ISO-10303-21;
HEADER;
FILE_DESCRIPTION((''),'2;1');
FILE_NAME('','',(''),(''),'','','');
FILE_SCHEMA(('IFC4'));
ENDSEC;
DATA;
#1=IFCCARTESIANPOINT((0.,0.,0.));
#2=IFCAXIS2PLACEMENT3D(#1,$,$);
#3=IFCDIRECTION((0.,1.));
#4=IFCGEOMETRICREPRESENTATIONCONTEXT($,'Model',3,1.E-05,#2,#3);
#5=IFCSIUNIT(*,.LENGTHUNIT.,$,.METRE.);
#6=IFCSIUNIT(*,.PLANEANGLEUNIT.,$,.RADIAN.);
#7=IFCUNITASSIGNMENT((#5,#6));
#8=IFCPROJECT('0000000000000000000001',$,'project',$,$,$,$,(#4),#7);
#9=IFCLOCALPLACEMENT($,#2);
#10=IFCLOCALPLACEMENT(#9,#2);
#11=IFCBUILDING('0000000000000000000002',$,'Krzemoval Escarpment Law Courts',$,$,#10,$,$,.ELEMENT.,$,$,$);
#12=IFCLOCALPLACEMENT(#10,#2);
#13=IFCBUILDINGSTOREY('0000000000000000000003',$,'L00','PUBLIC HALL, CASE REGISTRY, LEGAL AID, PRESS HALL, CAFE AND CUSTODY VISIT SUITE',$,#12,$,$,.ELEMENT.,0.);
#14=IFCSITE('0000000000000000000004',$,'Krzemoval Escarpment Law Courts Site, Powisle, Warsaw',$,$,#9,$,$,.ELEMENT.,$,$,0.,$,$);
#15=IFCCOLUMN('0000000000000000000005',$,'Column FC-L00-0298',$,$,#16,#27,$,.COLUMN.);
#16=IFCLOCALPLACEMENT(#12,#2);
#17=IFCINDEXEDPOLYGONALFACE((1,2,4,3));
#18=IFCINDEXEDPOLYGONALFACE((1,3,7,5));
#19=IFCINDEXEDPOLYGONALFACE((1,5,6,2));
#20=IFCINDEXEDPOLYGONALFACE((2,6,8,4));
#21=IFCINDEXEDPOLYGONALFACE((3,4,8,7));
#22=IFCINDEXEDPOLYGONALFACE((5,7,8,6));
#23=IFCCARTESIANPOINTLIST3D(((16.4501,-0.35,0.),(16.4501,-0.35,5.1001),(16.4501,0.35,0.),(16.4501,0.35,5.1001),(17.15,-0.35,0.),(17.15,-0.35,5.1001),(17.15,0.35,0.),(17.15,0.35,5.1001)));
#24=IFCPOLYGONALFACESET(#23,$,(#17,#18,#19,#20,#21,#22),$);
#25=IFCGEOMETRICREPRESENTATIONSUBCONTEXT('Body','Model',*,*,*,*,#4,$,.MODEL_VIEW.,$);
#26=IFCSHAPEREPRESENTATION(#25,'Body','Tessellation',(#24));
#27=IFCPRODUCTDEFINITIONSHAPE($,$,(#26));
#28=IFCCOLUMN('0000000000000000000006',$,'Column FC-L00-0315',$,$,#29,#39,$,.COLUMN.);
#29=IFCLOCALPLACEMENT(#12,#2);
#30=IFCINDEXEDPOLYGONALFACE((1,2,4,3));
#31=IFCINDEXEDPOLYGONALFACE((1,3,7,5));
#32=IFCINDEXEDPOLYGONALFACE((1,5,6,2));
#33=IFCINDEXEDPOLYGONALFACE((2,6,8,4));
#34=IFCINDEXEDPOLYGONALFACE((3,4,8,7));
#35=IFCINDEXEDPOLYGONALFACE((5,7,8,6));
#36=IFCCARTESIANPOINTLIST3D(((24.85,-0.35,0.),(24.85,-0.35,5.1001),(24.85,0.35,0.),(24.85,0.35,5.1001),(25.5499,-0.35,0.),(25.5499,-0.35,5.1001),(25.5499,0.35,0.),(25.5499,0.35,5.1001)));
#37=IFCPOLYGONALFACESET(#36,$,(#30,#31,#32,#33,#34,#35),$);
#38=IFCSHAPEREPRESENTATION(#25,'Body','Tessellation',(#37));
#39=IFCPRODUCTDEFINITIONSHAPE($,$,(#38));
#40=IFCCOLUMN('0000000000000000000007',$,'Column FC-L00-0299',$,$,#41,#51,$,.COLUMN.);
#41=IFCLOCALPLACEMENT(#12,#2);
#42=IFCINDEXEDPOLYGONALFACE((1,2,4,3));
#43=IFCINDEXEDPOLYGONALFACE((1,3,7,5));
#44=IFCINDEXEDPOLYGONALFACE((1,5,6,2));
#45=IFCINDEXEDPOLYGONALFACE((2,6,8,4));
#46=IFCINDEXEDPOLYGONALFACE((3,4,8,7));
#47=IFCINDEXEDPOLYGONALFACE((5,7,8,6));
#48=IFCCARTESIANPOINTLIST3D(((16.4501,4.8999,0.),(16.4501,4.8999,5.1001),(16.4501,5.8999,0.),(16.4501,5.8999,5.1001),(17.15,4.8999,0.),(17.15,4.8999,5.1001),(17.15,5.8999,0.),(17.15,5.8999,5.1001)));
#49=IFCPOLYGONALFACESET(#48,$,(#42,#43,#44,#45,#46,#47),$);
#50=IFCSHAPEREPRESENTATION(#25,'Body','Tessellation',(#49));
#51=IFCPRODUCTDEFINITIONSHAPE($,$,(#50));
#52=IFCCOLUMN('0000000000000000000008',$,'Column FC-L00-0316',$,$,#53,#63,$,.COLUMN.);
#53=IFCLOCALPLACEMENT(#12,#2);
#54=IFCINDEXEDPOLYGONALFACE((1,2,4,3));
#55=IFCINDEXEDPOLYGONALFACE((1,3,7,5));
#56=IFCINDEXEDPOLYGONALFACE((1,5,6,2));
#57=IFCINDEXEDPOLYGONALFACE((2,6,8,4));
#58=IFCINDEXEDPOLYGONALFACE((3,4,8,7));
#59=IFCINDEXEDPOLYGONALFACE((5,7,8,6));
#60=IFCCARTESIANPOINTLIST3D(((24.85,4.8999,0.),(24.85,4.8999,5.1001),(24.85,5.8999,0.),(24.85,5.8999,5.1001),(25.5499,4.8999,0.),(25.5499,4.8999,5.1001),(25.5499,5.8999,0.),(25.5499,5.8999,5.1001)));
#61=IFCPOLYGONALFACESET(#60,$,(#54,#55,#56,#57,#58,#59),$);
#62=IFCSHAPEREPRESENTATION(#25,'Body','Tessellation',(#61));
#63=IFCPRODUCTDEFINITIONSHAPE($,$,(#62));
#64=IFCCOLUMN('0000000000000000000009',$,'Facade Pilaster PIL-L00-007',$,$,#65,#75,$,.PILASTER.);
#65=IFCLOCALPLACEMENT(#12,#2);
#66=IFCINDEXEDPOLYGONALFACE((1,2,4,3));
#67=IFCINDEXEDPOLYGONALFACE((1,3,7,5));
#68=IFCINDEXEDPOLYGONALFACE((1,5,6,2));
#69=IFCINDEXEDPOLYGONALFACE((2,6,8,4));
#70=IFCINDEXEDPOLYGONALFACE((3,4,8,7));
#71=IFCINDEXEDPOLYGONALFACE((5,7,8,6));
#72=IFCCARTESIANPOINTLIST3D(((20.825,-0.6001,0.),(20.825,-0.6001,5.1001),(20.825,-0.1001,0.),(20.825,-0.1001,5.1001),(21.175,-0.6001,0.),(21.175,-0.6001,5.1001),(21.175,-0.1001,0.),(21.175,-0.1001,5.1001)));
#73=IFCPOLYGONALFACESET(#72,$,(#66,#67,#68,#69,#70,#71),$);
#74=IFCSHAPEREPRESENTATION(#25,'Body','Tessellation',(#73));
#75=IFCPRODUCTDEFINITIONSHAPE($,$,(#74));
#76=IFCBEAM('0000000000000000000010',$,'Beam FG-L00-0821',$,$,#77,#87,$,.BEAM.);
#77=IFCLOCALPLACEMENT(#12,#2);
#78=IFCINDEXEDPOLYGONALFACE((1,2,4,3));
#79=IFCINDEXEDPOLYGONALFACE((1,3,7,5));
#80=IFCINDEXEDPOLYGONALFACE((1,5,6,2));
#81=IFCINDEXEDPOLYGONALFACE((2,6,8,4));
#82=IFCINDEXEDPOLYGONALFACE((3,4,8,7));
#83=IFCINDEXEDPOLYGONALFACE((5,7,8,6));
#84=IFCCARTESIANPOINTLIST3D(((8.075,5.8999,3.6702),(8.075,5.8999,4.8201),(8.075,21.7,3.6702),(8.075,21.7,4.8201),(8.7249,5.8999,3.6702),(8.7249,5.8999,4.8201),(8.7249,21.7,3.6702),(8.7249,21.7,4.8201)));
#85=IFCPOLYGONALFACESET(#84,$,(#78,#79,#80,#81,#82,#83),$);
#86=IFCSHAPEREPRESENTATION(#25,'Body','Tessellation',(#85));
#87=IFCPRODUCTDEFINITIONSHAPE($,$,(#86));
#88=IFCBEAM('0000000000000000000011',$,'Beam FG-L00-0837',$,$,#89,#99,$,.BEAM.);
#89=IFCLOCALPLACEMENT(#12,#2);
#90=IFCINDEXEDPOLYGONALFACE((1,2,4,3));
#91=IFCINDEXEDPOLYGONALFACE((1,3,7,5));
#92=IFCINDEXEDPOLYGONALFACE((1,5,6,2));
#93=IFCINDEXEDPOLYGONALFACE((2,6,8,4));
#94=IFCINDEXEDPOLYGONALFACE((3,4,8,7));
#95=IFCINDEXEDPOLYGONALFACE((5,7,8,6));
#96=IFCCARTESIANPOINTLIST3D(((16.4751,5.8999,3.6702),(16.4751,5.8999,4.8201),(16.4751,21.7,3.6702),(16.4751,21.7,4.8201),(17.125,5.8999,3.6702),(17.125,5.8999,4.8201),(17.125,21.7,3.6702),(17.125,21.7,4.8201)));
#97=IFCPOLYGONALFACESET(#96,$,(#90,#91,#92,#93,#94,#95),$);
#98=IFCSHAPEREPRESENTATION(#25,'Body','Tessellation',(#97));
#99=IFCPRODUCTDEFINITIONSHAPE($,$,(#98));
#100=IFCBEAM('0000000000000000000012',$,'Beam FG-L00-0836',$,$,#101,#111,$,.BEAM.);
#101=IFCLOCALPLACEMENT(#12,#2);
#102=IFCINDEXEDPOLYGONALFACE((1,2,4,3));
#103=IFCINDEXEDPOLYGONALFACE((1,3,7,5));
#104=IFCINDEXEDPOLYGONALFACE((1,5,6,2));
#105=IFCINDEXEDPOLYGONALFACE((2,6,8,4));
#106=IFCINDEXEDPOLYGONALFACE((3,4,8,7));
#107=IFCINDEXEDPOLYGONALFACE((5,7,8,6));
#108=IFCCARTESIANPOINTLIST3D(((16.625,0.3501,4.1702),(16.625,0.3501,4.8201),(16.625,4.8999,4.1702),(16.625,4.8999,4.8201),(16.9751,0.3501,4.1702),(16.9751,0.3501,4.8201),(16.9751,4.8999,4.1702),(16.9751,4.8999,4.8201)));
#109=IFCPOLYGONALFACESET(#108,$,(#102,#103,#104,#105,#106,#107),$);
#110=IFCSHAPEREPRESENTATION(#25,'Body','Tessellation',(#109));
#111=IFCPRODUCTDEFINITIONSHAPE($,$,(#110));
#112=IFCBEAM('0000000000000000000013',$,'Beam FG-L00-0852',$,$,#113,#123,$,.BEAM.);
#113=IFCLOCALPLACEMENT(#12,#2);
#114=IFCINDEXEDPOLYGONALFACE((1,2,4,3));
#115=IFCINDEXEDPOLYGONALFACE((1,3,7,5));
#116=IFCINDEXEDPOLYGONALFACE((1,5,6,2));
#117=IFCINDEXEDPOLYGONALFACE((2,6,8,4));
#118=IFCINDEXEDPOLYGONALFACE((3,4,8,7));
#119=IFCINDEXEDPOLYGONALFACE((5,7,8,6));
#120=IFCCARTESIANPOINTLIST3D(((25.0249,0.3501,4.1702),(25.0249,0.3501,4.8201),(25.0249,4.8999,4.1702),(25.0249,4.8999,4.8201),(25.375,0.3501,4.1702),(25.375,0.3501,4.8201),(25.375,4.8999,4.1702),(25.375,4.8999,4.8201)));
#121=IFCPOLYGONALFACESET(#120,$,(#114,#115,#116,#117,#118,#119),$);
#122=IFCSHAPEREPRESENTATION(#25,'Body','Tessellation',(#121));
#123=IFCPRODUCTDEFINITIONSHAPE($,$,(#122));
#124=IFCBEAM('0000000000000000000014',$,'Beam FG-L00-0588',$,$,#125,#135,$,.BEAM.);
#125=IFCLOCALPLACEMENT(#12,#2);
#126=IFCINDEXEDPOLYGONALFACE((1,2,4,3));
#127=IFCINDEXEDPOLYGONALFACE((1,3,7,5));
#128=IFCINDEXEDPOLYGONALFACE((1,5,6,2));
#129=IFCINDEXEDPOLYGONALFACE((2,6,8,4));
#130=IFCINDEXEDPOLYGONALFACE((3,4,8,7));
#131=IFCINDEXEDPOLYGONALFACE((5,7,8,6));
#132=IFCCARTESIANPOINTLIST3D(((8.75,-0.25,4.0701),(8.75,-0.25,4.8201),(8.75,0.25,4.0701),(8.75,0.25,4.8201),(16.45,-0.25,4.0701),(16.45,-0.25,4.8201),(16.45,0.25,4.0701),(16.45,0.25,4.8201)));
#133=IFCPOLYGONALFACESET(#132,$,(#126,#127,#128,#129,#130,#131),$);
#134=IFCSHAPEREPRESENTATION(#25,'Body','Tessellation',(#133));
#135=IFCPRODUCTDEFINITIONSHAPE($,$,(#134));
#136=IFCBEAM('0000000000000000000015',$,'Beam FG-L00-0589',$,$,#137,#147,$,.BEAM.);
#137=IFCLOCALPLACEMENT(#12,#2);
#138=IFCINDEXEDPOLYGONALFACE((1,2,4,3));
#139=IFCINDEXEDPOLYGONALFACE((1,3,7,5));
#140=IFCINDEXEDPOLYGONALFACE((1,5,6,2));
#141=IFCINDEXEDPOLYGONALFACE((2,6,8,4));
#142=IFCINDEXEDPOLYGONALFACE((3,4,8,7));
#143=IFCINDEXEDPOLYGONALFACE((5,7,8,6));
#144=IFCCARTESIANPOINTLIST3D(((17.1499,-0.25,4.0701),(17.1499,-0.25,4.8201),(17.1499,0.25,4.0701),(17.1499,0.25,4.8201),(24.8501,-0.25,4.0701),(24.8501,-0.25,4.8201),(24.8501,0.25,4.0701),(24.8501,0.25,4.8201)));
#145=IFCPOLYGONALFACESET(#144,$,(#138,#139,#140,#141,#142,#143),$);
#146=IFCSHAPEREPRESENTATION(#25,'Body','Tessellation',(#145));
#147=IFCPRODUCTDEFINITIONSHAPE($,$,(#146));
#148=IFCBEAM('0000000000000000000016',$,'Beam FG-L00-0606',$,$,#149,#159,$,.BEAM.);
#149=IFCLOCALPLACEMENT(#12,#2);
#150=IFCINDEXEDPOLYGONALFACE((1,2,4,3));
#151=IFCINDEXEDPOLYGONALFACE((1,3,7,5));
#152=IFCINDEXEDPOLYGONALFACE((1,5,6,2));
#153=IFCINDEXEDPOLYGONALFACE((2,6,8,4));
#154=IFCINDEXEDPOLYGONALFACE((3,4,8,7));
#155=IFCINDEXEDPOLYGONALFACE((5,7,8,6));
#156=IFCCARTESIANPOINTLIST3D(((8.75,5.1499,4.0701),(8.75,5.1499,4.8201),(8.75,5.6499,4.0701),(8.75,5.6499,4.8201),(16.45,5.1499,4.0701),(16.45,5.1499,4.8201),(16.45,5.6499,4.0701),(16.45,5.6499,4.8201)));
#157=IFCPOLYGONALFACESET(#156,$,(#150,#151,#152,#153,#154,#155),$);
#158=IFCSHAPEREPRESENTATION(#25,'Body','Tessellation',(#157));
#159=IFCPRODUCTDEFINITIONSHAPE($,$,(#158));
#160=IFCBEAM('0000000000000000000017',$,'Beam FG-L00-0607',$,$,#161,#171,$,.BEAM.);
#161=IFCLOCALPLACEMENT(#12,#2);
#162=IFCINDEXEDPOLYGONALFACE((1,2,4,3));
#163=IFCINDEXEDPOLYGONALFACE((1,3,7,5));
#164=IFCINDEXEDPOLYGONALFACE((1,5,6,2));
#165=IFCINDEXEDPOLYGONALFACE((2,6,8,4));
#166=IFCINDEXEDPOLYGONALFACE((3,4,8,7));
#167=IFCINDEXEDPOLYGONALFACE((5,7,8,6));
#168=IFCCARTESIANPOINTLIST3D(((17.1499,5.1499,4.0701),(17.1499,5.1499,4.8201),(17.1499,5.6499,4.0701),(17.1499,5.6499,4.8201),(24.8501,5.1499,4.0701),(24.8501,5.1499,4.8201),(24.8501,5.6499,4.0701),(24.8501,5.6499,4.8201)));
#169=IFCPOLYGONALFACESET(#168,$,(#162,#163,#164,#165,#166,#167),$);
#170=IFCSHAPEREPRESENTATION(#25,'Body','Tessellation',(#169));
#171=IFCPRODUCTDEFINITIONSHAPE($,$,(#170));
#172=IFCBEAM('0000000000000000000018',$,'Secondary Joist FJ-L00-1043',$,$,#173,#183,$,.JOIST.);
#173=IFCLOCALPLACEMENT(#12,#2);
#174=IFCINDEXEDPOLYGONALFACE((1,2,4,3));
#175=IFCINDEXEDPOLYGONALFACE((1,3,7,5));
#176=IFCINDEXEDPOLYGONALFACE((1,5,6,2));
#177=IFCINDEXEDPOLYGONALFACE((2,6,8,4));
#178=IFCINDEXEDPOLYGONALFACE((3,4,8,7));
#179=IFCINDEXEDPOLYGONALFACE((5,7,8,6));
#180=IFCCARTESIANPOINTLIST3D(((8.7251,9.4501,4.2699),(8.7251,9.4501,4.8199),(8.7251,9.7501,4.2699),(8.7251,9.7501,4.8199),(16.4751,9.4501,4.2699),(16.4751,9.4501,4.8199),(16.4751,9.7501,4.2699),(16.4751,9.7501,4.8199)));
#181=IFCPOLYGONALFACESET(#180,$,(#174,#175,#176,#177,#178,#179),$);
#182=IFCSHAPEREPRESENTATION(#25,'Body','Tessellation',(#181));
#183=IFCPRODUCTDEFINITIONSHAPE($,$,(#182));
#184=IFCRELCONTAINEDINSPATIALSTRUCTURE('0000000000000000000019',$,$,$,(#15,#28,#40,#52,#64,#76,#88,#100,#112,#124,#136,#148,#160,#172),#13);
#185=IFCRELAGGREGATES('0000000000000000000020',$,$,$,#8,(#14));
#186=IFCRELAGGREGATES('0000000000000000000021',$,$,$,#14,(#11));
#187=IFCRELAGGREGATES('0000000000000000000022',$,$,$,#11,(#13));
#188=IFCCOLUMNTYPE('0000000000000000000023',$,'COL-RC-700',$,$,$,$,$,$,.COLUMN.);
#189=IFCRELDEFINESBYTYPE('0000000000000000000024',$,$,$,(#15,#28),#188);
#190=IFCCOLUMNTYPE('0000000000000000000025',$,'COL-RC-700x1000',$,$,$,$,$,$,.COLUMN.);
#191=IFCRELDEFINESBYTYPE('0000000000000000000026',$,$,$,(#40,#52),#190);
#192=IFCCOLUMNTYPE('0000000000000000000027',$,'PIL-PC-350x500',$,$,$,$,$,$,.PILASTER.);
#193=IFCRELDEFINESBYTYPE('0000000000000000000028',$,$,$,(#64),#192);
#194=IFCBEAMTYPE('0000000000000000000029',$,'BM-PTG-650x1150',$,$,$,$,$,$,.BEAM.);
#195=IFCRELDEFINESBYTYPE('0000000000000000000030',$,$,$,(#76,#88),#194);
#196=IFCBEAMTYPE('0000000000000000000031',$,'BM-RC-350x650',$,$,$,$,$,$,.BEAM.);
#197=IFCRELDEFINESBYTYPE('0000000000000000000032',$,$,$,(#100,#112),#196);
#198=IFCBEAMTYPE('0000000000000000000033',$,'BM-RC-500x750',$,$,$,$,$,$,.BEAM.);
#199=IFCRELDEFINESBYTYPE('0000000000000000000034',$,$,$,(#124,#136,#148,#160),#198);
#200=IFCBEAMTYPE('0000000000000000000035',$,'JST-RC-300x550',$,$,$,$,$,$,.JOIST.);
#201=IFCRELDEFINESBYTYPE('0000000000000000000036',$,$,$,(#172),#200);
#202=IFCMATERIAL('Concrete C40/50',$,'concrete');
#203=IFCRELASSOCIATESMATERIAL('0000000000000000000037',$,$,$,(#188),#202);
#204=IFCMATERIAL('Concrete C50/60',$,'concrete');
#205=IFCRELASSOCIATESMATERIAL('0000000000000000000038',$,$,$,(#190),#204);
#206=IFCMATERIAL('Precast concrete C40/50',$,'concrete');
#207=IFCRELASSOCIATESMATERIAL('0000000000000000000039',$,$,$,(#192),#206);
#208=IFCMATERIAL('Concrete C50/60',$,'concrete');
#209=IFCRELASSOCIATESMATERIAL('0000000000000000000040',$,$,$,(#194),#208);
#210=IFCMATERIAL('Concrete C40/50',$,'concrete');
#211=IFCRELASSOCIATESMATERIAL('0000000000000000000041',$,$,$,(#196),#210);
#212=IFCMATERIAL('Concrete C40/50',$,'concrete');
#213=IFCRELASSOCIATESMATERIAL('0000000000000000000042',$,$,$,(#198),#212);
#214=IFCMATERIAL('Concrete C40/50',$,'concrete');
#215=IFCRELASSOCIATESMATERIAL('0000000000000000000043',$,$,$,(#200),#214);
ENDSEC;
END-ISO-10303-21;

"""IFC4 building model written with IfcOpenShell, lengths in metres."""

from ifc_helpers import new_model, si_unit, direction, frame, origin, origin_2d, place, context, subcontext, project, spatial, rectangle, extrude, material, material_profile, profile_set, type_object, element, save


model = new_model("IFC4")

# Units and contexts
model_context = context("Model", 3, precision=1e-05, world=origin(), true_north=direction((0.0, 1.0)))
body_context = subcontext(model_context, "Body", "Model", "MODEL_VIEW")
ifc_project = project(units=[si_unit("LENGTHUNIT", "METRE"), si_unit("PLANEANGLEUNIT", "RADIAN")], contexts=[model_context])

# Site, building, storey
site_placement = place(None, origin())
site = spatial("IfcSite", under=ifc_project, at=site_placement, Name="Krzemoval Escarpment Law Courts Site, Powisle, Warsaw", CompositionType="ELEMENT", RefElevation=0.0)
building_placement = place(site_placement, origin())
building = spatial("IfcBuilding", under=site, at=building_placement, Name="Krzemoval Escarpment Law Courts", CompositionType="ELEMENT")
storey_placement = place(building_placement, origin())
storey = spatial("IfcBuildingStorey", under=building, at=storey_placement, Name="L00", Description="PUBLIC HALL, CASE REGISTRY, LEGAL AID, PRESS HALL, CAFE AND CUSTODY VISIT SUITE", CompositionType="ELEMENT", Elevation=0.0)

# Columns
ifc_material_1 = material(Name="Concrete C40/50", Category="concrete")
ifc_material_profile_1 = material_profile(ifc_material_1, rectangle(XDim=0.7, YDim=0.7, at=origin_2d()), Name="RC 700x700")
ifc_profile_set_1 = profile_set([ifc_material_profile_1], Name="Concrete C40/50")
column_type_1 = type_object("IfcColumnType", Name="COL-RC-700", PredefinedType="COLUMN", material=ifc_profile_set_1)
for number, where, z_axis, x_axis, name in (
    (1, (16.8, 0.0, 0.0), (0.0, 0.0, 1.0), (1.0, 0.0, 0.0), "Column FC-L00-0298"),
    (2, (25.2, 0.0, 0.0), (0.0, 0.0, 1.0), (1.0, 0.0, 0.0), "Column FC-L00-0315"),
):
    element("IfcColumn", number, at=place(storey_placement, frame(where, z_axis=z_axis, x_axis=x_axis)), inside=storey, type_object=column_type_1, Name=name, PredefinedType="COLUMN", context=body_context, shape_type="SweptSolid", body=[
        extrude(rectangle(XDim=0.7, YDim=0.7, at=origin_2d()), origin(), (0.0, 0.0, 1.0), 5.1001),
    ])
ifc_material_2 = material(Name="Concrete C50/60", Category="concrete")
ifc_material_profile_2 = material_profile(ifc_material_2, rectangle(XDim=0.7, YDim=1.0, at=origin_2d()), Name="RC 700x1000")
ifc_profile_set_2 = profile_set([ifc_material_profile_2], Name="Concrete C50/60")
column_type_2 = type_object("IfcColumnType", Name="COL-RC-700x1000", PredefinedType="COLUMN", material=ifc_profile_set_2)
for number, where, z_axis, x_axis, name in (
    (3, (16.8, 5.3999, 0.0), (0.0, 0.0, 1.0), (1.0, 0.0, 0.0), "Column FC-L00-0299"),
    (4, (25.2, 5.3999, 0.0), (0.0, 0.0, 1.0), (1.0, 0.0, 0.0), "Column FC-L00-0316"),
):
    element("IfcColumn", number, at=place(storey_placement, frame(where, z_axis=z_axis, x_axis=x_axis)), inside=storey, type_object=column_type_2, Name=name, PredefinedType="COLUMN", context=body_context, shape_type="SweptSolid", body=[
        extrude(rectangle(XDim=0.7, YDim=1.0, at=origin_2d()), origin(), (0.0, 0.0, 1.0), 5.1001),
    ])
ifc_material_3 = material(Name="Precast concrete C40/50", Category="concrete")
ifc_material_profile_3 = material_profile(ifc_material_3, rectangle(XDim=0.3501, YDim=0.5, at=origin_2d()), Name="PIL 350x500")
ifc_profile_set_3 = profile_set([ifc_material_profile_3], Name="Precast concrete C40/50")
column_type_3 = type_object("IfcColumnType", Name="PIL-PC-350x500", PredefinedType="PILASTER", material=ifc_profile_set_3)
column_placement = place(storey_placement, frame((21.0, -0.3501, 0.0), z_axis=(0.0, 0.0, 1.0), x_axis=(1.0, 0.0, 0.0)))
element("IfcColumn", 5, at=column_placement, inside=storey, type_object=column_type_3, Name="Facade Pilaster PIL-L00-007", PredefinedType="PILASTER", context=body_context, shape_type="SweptSolid", body=[
    extrude(rectangle(XDim=0.3501, YDim=0.5, at=origin_2d()), origin(), (0.0, 0.0, 1.0), 5.1001),
])

# Beams
ifc_material_4 = material(Name="Concrete C50/60", Category="concrete")
ifc_material_profile_4 = material_profile(ifc_material_4, rectangle(XDim=0.6499, YDim=1.1499, at=origin_2d()), Name="PTG 650x1150")
ifc_profile_set_4 = profile_set([ifc_material_profile_4], Name="Concrete C50/60")
beam_type_1 = type_object("IfcBeamType", Name="BM-PTG-650x1150", PredefinedType="BEAM", material=ifc_profile_set_4)
for number, where, z_axis, x_axis, name in (
    (6, (8.3999, 5.8999, 4.2451), (0.0, 1.0, 0.0), (-1.0, 0.0, 0.0), "Beam FG-L00-0821"),
    (7, (16.8, 5.8999, 4.2451), (0.0, 1.0, 0.0), (-1.0, 0.0, 0.0), "Beam FG-L00-0837"),
):
    element("IfcBeam", number, at=place(storey_placement, frame(where, z_axis=z_axis, x_axis=x_axis)), inside=storey, type_object=beam_type_1, Name=name, PredefinedType="BEAM", context=body_context, shape_type="SweptSolid", body=[
        extrude(rectangle(XDim=0.6499, YDim=1.1499, at=origin_2d()), origin(), (0.0, 0.0, 1.0), 15.8),
    ])
ifc_material_5 = material(Name="Concrete C40/50", Category="concrete")
ifc_material_profile_5 = material_profile(ifc_material_5, rectangle(XDim=0.3501, YDim=0.6499, at=origin_2d()), Name="RCB 350x650")
ifc_profile_set_5 = profile_set([ifc_material_profile_5], Name="Concrete C40/50")
beam_type_2 = type_object("IfcBeamType", Name="BM-RC-350x650", PredefinedType="BEAM", material=ifc_profile_set_5)
for number, where, z_axis, x_axis, name in (
    (8, (16.8, 0.3501, 4.4951), (0.0, 1.0, 0.0), (-1.0, 0.0, 0.0), "Beam FG-L00-0836"),
    (9, (25.2, 0.3501, 4.4951), (0.0, 1.0, 0.0), (-1.0, 0.0, 0.0), "Beam FG-L00-0852"),
):
    element("IfcBeam", number, at=place(storey_placement, frame(where, z_axis=z_axis, x_axis=x_axis)), inside=storey, type_object=beam_type_2, Name=name, PredefinedType="BEAM", context=body_context, shape_type="SweptSolid", body=[
        extrude(rectangle(XDim=0.3501, YDim=0.6499, at=origin_2d()), origin(), (0.0, 0.0, 1.0), 4.5498),
    ])
ifc_material_6 = material(Name="Concrete C40/50", Category="concrete")
ifc_material_profile_6 = material_profile(ifc_material_6, rectangle(XDim=0.5, YDim=0.75, at=origin_2d()), Name="RCB 500x750")
ifc_profile_set_6 = profile_set([ifc_material_profile_6], Name="Concrete C40/50")
beam_type_3 = type_object("IfcBeamType", Name="BM-RC-500x750", PredefinedType="BEAM", material=ifc_profile_set_6)
beam_1_placement = place(storey_placement, frame((8.75, 0.0, 4.4451), z_axis=(1.0, 0.0, 0.0), x_axis=(0.0, 1.0, 0.0)))
element("IfcBeam", 10, at=beam_1_placement, inside=storey, type_object=beam_type_3, Name="Beam FG-L00-0588", PredefinedType="BEAM", context=body_context, shape_type="SweptSolid", body=[
    extrude(rectangle(XDim=0.5, YDim=0.75, at=origin_2d()), origin(), (0.0, 0.0, 1.0), 7.7),
])
beam_2_placement = place(storey_placement, frame((17.1499, 0.0, 4.4451), z_axis=(1.0, 0.0, 0.0), x_axis=(0.0, 1.0, 0.0)))
element("IfcBeam", 11, at=beam_2_placement, inside=storey, type_object=beam_type_3, Name="Beam FG-L00-0589", PredefinedType="BEAM", context=body_context, shape_type="SweptSolid", body=[
    extrude(rectangle(XDim=0.5, YDim=0.75, at=origin_2d()), origin(), (0.0, 0.0, 1.0), 7.7002),
])
beam_3_placement = place(storey_placement, frame((8.75, 5.3999, 4.4451), z_axis=(1.0, 0.0, 0.0), x_axis=(0.0, 1.0, 0.0)))
element("IfcBeam", 12, at=beam_3_placement, inside=storey, type_object=beam_type_3, Name="Beam FG-L00-0606", PredefinedType="BEAM", context=body_context, shape_type="SweptSolid", body=[
    extrude(rectangle(XDim=0.5, YDim=0.75, at=origin_2d()), origin(), (0.0, 0.0, 1.0), 7.7),
])
beam_4_placement = place(storey_placement, frame((17.1499, 5.3999, 4.4451), z_axis=(1.0, 0.0, 0.0), x_axis=(0.0, 1.0, 0.0)))
element("IfcBeam", 13, at=beam_4_placement, inside=storey, type_object=beam_type_3, Name="Beam FG-L00-0607", PredefinedType="BEAM", context=body_context, shape_type="SweptSolid", body=[
    extrude(rectangle(XDim=0.5, YDim=0.75, at=origin_2d()), origin(), (0.0, 0.0, 1.0), 7.7002),
])
ifc_material_7 = material(Name="Concrete C40/50", Category="concrete")
ifc_material_profile_7 = material_profile(ifc_material_7, rectangle(XDim=0.3, YDim=0.55, at=origin_2d()), Name="RCB 300x550")
ifc_profile_set_7 = profile_set([ifc_material_profile_7], Name="Concrete C40/50")
beam_type_4 = type_object("IfcBeamType", Name="JST-RC-300x550", PredefinedType="JOIST", material=ifc_profile_set_7)
for number, where, z_axis, x_axis, name in (
    (14, (8.7251, 9.6001, 4.5449), (1.0, 0.0, 0.0), (0.0, 1.0, 0.0), "Secondary Joist FJ-L00-1043"),
):
    element("IfcBeam", number, at=place(storey_placement, frame(where, z_axis=z_axis, x_axis=x_axis)), inside=storey, type_object=beam_type_4, Name=name, PredefinedType="JOIST", context=body_context, shape_type="SweptSolid", body=[
        extrude(rectangle(XDim=0.3, YDim=0.55, at=origin_2d()), origin(), (0.0, 0.0, 1.0), 7.75),
    ])

save(model, "model.ifc")
